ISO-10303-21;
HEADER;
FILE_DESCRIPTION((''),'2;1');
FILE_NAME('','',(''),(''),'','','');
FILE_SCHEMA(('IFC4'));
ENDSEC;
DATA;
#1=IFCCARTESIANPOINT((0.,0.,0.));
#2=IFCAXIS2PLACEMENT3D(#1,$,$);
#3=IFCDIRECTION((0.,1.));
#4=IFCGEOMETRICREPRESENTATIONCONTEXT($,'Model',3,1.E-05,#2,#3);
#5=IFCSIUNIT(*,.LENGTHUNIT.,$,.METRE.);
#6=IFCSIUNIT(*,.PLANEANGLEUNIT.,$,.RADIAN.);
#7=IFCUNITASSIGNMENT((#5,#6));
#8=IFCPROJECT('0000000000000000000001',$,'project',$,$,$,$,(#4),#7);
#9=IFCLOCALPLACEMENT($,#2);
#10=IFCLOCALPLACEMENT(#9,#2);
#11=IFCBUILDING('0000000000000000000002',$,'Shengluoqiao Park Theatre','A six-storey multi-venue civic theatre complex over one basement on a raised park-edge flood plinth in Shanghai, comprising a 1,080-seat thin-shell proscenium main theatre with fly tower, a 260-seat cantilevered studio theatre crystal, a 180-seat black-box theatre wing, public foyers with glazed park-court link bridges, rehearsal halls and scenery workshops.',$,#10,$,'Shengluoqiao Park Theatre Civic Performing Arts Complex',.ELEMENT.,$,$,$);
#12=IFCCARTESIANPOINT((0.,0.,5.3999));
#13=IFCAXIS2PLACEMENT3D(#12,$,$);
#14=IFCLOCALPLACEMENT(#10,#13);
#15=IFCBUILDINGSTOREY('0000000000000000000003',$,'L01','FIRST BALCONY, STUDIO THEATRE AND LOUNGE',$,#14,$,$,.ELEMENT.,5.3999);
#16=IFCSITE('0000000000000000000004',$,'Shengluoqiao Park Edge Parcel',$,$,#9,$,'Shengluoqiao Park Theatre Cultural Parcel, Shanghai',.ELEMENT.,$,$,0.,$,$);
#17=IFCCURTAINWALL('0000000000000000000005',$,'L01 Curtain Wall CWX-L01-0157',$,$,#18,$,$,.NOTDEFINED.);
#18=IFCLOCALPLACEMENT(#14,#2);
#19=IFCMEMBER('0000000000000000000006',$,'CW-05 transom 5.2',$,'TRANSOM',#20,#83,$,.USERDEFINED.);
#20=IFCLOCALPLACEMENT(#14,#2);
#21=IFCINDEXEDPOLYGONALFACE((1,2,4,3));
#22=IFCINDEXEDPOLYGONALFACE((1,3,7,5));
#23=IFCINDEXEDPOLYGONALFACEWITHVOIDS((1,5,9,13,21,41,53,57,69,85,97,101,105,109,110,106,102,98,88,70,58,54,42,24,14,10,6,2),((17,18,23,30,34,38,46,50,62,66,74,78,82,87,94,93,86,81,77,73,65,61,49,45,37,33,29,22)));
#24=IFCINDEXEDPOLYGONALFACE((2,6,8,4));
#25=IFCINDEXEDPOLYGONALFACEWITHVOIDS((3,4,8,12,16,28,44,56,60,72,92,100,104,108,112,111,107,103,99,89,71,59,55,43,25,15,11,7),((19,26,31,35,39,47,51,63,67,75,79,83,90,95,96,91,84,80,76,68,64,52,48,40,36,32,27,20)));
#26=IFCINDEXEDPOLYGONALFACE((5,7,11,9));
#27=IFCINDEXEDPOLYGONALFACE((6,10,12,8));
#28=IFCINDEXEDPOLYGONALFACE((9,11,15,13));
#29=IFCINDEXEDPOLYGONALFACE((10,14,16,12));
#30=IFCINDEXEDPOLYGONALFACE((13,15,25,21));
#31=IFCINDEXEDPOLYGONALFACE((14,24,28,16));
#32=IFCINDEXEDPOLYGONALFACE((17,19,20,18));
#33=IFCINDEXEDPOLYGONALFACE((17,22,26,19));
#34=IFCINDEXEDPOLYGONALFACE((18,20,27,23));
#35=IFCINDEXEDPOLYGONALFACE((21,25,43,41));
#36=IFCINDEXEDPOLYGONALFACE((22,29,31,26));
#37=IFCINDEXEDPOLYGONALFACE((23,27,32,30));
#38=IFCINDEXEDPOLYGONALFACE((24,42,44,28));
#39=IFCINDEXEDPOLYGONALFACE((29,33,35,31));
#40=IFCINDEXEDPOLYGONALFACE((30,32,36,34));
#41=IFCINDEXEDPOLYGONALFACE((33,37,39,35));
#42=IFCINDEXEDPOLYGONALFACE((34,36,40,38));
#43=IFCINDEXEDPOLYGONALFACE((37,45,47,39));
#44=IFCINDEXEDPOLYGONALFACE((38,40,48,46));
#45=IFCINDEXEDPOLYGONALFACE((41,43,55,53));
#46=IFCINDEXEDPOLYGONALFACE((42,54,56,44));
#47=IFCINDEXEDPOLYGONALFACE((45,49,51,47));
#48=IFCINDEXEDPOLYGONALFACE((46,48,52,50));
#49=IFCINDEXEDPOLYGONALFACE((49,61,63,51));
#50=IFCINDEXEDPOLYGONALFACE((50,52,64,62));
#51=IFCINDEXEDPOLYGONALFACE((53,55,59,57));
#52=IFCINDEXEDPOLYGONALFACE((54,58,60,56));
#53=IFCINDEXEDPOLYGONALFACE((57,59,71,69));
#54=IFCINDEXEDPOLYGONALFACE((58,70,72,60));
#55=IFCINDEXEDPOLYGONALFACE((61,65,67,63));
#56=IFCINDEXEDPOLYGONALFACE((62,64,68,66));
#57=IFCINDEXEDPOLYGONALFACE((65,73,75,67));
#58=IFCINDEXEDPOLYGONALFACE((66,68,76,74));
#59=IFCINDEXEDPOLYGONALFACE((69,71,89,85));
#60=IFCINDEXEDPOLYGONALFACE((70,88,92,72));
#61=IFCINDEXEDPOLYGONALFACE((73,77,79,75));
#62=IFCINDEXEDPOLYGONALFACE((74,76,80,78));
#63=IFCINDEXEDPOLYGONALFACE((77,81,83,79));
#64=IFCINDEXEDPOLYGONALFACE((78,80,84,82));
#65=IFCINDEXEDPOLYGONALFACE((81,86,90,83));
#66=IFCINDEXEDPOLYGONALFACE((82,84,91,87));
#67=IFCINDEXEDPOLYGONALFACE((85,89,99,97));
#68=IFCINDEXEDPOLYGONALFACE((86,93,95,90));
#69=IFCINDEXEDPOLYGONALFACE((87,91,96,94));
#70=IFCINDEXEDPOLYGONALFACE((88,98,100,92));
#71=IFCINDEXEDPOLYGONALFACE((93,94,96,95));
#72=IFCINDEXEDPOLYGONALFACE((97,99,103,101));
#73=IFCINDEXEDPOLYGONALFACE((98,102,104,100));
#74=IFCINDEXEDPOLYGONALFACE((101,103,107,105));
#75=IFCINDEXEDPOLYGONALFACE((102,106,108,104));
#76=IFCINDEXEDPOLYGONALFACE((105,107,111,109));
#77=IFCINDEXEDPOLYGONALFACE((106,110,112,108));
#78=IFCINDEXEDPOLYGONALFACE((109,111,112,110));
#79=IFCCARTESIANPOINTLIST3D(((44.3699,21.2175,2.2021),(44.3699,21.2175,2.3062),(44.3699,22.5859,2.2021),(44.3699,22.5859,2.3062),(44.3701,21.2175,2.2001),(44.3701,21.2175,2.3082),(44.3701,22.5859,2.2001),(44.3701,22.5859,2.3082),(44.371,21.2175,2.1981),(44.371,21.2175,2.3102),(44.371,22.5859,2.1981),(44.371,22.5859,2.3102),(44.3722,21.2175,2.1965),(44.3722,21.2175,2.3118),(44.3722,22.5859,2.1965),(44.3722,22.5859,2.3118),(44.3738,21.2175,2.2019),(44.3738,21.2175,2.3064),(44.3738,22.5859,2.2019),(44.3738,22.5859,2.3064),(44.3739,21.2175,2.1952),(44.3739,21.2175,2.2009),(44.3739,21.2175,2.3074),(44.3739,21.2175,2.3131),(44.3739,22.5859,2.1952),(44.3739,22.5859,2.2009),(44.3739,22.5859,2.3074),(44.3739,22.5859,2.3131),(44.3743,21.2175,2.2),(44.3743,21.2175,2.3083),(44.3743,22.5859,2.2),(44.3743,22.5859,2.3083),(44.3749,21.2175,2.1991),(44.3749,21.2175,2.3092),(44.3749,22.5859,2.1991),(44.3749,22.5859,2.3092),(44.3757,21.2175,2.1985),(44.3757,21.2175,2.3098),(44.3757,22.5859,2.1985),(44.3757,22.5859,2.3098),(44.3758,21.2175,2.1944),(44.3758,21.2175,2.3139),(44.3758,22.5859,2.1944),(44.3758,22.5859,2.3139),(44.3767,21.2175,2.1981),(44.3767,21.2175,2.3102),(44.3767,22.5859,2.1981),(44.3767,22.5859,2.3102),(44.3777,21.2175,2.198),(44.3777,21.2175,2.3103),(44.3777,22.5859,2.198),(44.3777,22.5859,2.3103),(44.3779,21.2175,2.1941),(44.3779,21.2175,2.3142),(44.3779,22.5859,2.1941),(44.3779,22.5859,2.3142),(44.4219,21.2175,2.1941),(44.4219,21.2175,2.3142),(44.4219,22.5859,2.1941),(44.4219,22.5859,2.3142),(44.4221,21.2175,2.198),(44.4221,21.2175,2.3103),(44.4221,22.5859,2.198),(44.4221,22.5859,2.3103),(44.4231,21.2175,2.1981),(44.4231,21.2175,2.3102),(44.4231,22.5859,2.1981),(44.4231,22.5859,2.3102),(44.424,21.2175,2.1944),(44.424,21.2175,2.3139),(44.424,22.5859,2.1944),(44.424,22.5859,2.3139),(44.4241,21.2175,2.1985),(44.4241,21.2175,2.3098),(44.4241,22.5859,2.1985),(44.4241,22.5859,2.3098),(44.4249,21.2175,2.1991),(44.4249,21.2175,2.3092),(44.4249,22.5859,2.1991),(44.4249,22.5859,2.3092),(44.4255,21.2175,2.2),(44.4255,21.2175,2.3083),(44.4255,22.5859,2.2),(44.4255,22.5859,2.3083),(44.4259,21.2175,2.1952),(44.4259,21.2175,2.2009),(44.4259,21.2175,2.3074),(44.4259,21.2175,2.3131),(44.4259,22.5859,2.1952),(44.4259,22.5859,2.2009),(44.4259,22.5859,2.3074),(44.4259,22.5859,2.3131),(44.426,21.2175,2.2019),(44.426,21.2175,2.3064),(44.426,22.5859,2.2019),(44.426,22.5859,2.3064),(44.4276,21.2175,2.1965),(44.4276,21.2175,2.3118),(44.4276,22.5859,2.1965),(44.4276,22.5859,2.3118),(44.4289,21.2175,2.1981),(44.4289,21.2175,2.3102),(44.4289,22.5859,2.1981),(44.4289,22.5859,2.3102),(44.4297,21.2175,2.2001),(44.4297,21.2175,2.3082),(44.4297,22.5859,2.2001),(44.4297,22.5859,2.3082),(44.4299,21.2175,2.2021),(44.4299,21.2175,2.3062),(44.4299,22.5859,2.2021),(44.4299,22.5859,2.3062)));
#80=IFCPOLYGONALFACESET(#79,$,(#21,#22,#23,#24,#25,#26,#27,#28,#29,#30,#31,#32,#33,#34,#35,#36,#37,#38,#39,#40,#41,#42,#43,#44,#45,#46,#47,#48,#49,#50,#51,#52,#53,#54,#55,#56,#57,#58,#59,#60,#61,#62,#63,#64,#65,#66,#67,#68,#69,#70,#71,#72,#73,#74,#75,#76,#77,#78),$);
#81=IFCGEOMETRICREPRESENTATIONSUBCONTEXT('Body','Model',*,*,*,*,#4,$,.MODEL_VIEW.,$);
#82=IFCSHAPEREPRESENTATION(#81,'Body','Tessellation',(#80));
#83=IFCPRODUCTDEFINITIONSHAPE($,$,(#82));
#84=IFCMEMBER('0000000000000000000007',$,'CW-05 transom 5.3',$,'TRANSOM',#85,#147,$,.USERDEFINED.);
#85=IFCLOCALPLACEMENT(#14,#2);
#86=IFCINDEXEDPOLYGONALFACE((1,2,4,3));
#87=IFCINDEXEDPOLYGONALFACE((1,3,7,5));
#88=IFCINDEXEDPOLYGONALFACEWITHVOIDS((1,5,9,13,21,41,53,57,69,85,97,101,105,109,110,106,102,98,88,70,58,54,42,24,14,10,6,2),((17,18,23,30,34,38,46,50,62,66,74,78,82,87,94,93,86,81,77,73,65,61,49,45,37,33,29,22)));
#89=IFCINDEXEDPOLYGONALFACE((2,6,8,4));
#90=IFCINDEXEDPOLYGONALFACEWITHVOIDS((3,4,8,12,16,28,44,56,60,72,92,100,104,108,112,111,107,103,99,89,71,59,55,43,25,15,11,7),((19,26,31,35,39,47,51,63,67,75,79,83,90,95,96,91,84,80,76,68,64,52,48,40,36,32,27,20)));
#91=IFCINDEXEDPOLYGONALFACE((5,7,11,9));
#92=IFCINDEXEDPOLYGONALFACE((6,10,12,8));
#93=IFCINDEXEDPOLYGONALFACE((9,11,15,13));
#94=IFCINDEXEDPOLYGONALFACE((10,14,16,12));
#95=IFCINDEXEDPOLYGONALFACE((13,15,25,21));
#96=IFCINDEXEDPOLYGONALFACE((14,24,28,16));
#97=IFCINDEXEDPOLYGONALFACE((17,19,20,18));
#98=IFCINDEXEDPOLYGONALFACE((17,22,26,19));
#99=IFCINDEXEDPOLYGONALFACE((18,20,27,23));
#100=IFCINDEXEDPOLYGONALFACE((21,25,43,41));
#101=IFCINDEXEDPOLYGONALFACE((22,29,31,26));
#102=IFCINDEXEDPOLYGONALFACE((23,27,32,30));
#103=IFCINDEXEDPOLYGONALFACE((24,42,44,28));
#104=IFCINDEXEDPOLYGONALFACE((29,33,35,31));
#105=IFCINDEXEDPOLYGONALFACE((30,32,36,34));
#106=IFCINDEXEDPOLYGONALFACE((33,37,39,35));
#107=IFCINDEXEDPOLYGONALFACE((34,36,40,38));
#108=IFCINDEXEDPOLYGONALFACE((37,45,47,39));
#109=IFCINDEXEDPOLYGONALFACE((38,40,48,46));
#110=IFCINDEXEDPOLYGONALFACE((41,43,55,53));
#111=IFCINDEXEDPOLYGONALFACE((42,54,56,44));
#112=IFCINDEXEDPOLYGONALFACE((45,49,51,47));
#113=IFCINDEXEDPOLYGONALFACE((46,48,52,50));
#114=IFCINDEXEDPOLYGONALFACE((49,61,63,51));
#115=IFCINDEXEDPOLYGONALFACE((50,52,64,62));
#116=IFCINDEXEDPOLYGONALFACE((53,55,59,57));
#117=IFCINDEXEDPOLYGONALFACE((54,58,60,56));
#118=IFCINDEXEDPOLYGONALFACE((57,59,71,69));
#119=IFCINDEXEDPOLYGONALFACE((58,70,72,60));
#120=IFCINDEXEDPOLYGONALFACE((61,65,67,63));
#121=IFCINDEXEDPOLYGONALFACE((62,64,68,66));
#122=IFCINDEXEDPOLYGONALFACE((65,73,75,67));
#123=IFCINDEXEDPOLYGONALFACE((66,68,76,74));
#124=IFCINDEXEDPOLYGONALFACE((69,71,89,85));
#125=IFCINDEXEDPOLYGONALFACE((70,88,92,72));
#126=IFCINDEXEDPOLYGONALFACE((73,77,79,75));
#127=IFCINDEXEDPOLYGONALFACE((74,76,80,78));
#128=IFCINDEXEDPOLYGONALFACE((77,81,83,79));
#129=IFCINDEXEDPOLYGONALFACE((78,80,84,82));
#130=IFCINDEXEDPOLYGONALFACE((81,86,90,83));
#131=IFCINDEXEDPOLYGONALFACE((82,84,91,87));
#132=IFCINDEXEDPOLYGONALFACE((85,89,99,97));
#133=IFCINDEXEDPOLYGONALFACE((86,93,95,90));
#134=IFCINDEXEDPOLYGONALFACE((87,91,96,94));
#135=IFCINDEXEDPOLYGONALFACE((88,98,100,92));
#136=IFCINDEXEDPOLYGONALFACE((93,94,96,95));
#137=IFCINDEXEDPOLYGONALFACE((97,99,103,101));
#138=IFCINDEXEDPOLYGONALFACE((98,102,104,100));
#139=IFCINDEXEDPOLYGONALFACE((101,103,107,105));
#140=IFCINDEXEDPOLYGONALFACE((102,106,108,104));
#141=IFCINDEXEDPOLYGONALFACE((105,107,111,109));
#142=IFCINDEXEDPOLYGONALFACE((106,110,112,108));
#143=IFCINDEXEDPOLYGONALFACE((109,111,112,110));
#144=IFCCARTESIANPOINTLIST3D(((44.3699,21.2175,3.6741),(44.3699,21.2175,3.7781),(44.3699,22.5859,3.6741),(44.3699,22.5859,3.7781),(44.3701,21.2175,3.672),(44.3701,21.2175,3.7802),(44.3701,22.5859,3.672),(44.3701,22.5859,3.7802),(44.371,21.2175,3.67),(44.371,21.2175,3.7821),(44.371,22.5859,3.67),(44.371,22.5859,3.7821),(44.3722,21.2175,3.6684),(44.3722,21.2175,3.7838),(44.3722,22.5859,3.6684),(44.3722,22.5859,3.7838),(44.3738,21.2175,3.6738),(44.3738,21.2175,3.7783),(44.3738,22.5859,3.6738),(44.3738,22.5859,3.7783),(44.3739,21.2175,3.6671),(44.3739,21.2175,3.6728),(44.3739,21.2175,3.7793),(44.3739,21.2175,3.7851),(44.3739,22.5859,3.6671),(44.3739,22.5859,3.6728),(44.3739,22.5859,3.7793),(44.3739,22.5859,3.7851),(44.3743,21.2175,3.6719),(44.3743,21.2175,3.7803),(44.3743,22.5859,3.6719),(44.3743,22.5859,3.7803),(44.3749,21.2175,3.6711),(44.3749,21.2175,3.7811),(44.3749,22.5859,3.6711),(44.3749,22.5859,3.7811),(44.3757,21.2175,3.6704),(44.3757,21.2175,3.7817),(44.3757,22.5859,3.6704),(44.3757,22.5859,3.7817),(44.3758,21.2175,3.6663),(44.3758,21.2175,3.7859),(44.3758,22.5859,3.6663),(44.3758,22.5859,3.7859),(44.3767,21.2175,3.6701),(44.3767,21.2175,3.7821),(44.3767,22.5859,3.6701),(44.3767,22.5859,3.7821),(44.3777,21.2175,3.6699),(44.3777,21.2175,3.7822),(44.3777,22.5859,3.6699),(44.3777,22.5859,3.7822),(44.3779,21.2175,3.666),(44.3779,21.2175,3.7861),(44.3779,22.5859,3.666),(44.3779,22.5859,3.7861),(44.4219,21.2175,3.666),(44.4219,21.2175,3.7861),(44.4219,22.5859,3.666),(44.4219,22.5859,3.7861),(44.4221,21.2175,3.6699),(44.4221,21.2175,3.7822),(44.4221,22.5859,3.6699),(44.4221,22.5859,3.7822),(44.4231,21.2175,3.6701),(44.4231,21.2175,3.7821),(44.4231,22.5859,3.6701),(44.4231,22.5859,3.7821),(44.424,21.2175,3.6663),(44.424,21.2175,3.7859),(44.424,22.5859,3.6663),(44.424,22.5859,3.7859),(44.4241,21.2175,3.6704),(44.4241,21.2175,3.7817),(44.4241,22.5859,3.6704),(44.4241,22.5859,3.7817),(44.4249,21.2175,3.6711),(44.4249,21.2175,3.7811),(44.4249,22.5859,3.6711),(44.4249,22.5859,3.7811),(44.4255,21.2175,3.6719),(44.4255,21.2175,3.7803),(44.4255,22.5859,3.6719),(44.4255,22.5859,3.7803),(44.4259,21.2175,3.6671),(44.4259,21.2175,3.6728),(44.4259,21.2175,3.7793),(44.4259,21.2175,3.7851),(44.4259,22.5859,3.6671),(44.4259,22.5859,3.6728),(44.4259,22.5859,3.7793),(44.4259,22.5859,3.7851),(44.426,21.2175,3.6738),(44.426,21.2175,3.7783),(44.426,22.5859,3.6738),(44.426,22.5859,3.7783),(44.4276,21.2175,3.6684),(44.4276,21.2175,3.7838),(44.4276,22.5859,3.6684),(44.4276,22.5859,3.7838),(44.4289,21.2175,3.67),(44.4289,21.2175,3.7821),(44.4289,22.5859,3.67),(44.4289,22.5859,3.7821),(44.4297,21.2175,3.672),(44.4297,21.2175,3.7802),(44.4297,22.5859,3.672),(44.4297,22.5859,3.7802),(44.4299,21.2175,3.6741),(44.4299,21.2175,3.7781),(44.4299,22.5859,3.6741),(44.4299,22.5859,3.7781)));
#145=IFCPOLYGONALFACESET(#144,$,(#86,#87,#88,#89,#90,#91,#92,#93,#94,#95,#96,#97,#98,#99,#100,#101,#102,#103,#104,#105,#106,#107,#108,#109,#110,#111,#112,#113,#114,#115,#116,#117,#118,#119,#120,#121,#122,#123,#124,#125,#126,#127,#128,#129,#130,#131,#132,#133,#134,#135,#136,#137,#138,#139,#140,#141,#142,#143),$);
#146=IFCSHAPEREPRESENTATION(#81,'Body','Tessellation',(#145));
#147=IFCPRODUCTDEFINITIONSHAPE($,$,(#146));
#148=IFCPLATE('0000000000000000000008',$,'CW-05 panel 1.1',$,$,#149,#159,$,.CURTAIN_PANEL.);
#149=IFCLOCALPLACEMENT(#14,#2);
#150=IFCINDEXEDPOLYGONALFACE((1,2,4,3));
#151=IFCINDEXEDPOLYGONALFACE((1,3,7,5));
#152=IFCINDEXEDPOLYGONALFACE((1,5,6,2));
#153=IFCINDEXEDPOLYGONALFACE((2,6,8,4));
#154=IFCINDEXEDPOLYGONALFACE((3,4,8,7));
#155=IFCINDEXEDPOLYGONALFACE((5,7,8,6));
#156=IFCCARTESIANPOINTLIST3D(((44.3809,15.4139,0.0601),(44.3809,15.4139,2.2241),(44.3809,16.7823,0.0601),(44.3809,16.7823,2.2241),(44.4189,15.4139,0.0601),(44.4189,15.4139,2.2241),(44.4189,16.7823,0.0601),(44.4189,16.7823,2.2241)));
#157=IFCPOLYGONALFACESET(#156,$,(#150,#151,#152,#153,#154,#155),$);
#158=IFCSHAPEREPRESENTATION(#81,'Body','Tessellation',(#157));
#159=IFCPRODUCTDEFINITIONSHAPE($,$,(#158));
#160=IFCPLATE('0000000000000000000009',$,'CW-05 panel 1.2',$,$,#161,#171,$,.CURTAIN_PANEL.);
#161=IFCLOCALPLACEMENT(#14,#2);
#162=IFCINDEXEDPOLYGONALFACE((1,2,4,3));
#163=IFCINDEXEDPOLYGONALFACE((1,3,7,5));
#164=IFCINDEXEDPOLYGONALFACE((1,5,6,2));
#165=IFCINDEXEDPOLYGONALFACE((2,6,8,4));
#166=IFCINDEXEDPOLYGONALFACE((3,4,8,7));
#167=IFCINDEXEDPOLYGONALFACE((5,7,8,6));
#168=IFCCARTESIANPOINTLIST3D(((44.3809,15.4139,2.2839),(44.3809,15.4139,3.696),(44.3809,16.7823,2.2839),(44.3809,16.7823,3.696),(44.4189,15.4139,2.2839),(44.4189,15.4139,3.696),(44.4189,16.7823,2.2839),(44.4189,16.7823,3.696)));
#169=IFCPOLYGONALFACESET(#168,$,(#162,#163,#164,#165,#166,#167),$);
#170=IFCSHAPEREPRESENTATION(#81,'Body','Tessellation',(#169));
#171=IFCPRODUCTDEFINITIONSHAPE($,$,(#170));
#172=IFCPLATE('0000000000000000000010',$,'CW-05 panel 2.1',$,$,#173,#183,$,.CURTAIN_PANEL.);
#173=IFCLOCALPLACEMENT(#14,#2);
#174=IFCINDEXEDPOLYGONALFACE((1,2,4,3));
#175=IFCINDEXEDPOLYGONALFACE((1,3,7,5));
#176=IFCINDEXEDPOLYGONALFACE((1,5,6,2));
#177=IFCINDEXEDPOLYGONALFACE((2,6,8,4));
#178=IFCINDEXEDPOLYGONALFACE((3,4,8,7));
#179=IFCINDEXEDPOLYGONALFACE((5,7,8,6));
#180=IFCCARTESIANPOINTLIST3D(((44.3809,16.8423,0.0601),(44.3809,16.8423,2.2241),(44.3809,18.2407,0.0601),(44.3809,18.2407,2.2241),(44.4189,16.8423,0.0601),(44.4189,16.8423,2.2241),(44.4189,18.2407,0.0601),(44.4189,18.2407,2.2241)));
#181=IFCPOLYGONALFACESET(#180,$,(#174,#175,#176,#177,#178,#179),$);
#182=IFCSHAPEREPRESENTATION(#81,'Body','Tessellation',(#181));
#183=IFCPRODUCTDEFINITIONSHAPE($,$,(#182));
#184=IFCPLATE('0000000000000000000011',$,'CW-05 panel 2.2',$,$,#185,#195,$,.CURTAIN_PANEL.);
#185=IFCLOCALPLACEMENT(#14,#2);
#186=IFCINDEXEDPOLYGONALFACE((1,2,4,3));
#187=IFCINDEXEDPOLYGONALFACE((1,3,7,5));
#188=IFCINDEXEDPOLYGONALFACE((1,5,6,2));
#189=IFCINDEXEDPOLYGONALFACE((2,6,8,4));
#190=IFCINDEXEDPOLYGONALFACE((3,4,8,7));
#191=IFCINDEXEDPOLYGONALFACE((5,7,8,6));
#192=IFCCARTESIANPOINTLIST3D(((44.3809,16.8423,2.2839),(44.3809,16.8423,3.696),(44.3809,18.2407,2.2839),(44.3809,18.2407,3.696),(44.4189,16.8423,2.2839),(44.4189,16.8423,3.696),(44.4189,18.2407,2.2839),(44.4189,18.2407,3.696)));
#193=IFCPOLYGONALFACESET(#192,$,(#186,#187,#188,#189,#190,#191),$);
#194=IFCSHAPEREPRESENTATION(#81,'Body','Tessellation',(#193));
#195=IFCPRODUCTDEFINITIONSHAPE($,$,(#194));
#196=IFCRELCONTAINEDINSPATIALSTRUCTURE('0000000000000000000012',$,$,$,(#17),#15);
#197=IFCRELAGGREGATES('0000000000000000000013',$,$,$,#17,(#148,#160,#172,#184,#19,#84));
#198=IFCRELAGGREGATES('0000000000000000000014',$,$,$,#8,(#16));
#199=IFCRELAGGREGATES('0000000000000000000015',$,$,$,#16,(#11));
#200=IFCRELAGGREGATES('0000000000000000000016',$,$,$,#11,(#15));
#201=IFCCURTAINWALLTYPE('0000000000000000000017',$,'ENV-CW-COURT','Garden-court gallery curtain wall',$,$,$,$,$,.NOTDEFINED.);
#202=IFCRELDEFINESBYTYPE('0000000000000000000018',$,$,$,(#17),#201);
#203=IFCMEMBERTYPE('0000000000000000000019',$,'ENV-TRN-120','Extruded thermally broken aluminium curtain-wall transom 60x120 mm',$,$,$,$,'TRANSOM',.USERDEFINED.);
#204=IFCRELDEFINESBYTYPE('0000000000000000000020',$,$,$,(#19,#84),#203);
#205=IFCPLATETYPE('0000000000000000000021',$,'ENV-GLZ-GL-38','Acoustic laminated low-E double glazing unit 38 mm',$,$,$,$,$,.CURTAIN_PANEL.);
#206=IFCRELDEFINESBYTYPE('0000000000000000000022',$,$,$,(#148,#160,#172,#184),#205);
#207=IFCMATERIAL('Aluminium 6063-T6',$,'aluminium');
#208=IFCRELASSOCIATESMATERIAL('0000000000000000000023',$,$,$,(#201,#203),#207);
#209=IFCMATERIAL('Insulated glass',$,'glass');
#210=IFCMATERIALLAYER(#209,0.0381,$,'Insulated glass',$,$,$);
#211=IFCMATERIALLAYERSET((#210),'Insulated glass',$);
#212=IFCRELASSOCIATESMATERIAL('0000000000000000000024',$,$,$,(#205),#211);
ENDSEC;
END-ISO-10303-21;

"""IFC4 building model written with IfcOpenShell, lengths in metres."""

from ifc_helpers import new_model, si_unit, direction, frame, origin, origin_2d, place, context, subcontext, project, spatial, rectangle, hollow_rectangle, extrude, material, layer, layer_set, material_profile, profile_set, type_object, element, aggregate, save


model = new_model("IFC4")

# Units and contexts
model_context = context("Model", 3, precision=1e-05, world=origin(), true_north=direction((0.0, 1.0)))
body_context = subcontext(model_context, "Body", "Model", "MODEL_VIEW")
ifc_project = project(units=[si_unit("LENGTHUNIT", "METRE"), si_unit("PLANEANGLEUNIT", "RADIAN")], contexts=[model_context])

# Site, building, storey
site_placement = place(None, origin())
site = spatial("IfcSite", under=ifc_project, at=site_placement, Name="Shengluoqiao Park Edge Parcel", LongName="Shengluoqiao Park Theatre Cultural Parcel, Shanghai", CompositionType="ELEMENT", RefElevation=0.0)
building_placement = place(site_placement, origin())
building = spatial("IfcBuilding", under=site, at=building_placement, Name="Shengluoqiao Park Theatre", Description="A six-storey multi-venue civic theatre complex over one basement on a raised park-edge flood plinth in Shanghai, comprising a 1,080-seat thin-shell proscenium main theatre with fly tower, a 260-seat cantilevered studio theatre crystal, a 180-seat black-box theatre wing, public foyers with glazed park-court link bridges, rehearsal halls and scenery workshops.", LongName="Shengluoqiao Park Theatre Civic Performing Arts Complex", CompositionType="ELEMENT")
storey_placement = place(building_placement, frame((0.0, 0.0, 5.3999)))
storey = spatial("IfcBuildingStorey", under=building, at=storey_placement, Name="L01", Description="FIRST BALCONY, STUDIO THEATRE AND LOUNGE", CompositionType="ELEMENT", Elevation=5.3999)

# Curtain wall, members, plates
ifc_material_1 = material(Name="Aluminium 6063-T6", Category="aluminium")
curtain_wall_type = type_object("IfcCurtainWallType", Name="ENV-CW-COURT", Description="Garden-court gallery curtain wall", PredefinedType="NOTDEFINED", material=ifc_material_1)
curtain_wall_placement = place(storey_placement, origin())
curtain_wall = element("IfcCurtainWall", 1, at=curtain_wall_placement, inside=storey, type_object=curtain_wall_type, Name="L01 Curtain Wall CWX-L01-0157", PredefinedType="NOTDEFINED")
ifc_material_profile_1 = material_profile(ifc_material_1, hollow_rectangle(XDim=0.0601, YDim=0.1201, WallThickness=0.0039, InnerFilletRadius=0.0039, OuterFilletRadius=0.0081, at=origin_2d()), Name="ALU TRANSOM 120x60x4")
ifc_profile_set_1 = profile_set([ifc_material_profile_1], Name="Aluminium 6063-T6")
member_type_1 = type_object("IfcMemberType", Name="ENV-TRN-120", Description="Extruded thermally broken aluminium curtain-wall transom 60x120 mm", ElementType="TRANSOM", PredefinedType="USERDEFINED", material=ifc_profile_set_1)
member_1_placement = place(storey_placement, frame((44.3999, 21.2175, 2.2542), z_axis=(0.0, 1.0, 0.0), x_axis=(-1.0, 0.0, 0.0)))
member_1 = element("IfcMember", 2, at=member_1_placement, type_object=member_type_1, Name="CW-05 transom 5.2", ObjectType="TRANSOM", PredefinedType="USERDEFINED", context=body_context, shape_type="SweptSolid", body=[
    extrude(hollow_rectangle(XDim=0.0601, YDim=0.1201, WallThickness=0.0039, InnerFilletRadius=0.0039, OuterFilletRadius=0.0081, at=origin_2d()), origin(), (0.0, 0.0, 1.0), 1.3684),
])
member_2_placement = place(storey_placement, frame((44.3999, 21.2175, 3.7261), z_axis=(0.0, 1.0, 0.0), x_axis=(-1.0, 0.0, 0.0)))
member_2 = element("IfcMember", 3, at=member_2_placement, type_object=member_type_1, Name="CW-05 transom 5.3", ObjectType="TRANSOM", PredefinedType="USERDEFINED", context=body_context, shape_type="SweptSolid", body=[
    extrude(hollow_rectangle(XDim=0.0601, YDim=0.1201, WallThickness=0.0039, InnerFilletRadius=0.0039, OuterFilletRadius=0.0081, at=origin_2d()), origin(), (0.0, 0.0, 1.0), 1.3684),
])
ifc_material_2 = material(Name="Insulated glass", Category="glass")
ifc_layer = layer(ifc_material_2, 0.0381, Name="Insulated glass")
ifc_layer_set = layer_set([ifc_layer], Name="Insulated glass")
plate_type = type_object("IfcPlateType", Name="ENV-GLZ-GL-38", Description="Acoustic laminated low-E double glazing unit 38 mm", PredefinedType="CURTAIN_PANEL", material=ifc_layer_set)
plate_1_placement = place(storey_placement, frame((44.3999, 16.0981, 0.0601), z_axis=(0.0, 0.0, 1.0), x_axis=(0.0, 1.0, 0.0)))
plate_1 = element("IfcPlate", 4, at=plate_1_placement, type_object=plate_type, Name="CW-05 panel 1.1", PredefinedType="CURTAIN_PANEL", context=body_context, shape_type="SweptSolid", body=[
    extrude(rectangle(XDim=1.3684, YDim=0.0381, at=origin_2d()), origin(), (0.0, 0.0, 1.0), 2.1641),
])
plate_2_placement = place(storey_placement, frame((44.3999, 16.0981, 2.2839), z_axis=(0.0, 0.0, 1.0), x_axis=(0.0, 1.0, 0.0)))
plate_2 = element("IfcPlate", 5, at=plate_2_placement, type_object=plate_type, Name="CW-05 panel 1.2", PredefinedType="CURTAIN_PANEL", context=body_context, shape_type="SweptSolid", body=[
    extrude(rectangle(XDim=1.3684, YDim=0.0381, at=origin_2d()), origin(), (0.0, 0.0, 1.0), 1.4121),
])
plate_3_placement = place(storey_placement, frame((44.3999, 17.5415, 0.0601), z_axis=(0.0, 0.0, 1.0), x_axis=(0.0, 1.0, 0.0)))
plate_3 = element("IfcPlate", 6, at=plate_3_placement, type_object=plate_type, Name="CW-05 panel 2.1", PredefinedType="CURTAIN_PANEL", context=body_context, shape_type="SweptSolid", body=[
    extrude(rectangle(XDim=1.3984, YDim=0.0381, at=origin_2d()), origin(), (0.0, 0.0, 1.0), 2.1641),
])
plate_4_placement = place(storey_placement, frame((44.3999, 17.5415, 2.2839), z_axis=(0.0, 0.0, 1.0), x_axis=(0.0, 1.0, 0.0)))
plate_4 = element("IfcPlate", 7, at=plate_4_placement, type_object=plate_type, Name="CW-05 panel 2.2", PredefinedType="CURTAIN_PANEL", context=body_context, shape_type="SweptSolid", body=[
    extrude(rectangle(XDim=1.3984, YDim=0.0381, at=origin_2d()), origin(), (0.0, 0.0, 1.0), 1.4121),
])
aggregate(curtain_wall, [plate_1, plate_2, plate_3, plate_4, member_1, member_2])

save(model, "model.ifc")
